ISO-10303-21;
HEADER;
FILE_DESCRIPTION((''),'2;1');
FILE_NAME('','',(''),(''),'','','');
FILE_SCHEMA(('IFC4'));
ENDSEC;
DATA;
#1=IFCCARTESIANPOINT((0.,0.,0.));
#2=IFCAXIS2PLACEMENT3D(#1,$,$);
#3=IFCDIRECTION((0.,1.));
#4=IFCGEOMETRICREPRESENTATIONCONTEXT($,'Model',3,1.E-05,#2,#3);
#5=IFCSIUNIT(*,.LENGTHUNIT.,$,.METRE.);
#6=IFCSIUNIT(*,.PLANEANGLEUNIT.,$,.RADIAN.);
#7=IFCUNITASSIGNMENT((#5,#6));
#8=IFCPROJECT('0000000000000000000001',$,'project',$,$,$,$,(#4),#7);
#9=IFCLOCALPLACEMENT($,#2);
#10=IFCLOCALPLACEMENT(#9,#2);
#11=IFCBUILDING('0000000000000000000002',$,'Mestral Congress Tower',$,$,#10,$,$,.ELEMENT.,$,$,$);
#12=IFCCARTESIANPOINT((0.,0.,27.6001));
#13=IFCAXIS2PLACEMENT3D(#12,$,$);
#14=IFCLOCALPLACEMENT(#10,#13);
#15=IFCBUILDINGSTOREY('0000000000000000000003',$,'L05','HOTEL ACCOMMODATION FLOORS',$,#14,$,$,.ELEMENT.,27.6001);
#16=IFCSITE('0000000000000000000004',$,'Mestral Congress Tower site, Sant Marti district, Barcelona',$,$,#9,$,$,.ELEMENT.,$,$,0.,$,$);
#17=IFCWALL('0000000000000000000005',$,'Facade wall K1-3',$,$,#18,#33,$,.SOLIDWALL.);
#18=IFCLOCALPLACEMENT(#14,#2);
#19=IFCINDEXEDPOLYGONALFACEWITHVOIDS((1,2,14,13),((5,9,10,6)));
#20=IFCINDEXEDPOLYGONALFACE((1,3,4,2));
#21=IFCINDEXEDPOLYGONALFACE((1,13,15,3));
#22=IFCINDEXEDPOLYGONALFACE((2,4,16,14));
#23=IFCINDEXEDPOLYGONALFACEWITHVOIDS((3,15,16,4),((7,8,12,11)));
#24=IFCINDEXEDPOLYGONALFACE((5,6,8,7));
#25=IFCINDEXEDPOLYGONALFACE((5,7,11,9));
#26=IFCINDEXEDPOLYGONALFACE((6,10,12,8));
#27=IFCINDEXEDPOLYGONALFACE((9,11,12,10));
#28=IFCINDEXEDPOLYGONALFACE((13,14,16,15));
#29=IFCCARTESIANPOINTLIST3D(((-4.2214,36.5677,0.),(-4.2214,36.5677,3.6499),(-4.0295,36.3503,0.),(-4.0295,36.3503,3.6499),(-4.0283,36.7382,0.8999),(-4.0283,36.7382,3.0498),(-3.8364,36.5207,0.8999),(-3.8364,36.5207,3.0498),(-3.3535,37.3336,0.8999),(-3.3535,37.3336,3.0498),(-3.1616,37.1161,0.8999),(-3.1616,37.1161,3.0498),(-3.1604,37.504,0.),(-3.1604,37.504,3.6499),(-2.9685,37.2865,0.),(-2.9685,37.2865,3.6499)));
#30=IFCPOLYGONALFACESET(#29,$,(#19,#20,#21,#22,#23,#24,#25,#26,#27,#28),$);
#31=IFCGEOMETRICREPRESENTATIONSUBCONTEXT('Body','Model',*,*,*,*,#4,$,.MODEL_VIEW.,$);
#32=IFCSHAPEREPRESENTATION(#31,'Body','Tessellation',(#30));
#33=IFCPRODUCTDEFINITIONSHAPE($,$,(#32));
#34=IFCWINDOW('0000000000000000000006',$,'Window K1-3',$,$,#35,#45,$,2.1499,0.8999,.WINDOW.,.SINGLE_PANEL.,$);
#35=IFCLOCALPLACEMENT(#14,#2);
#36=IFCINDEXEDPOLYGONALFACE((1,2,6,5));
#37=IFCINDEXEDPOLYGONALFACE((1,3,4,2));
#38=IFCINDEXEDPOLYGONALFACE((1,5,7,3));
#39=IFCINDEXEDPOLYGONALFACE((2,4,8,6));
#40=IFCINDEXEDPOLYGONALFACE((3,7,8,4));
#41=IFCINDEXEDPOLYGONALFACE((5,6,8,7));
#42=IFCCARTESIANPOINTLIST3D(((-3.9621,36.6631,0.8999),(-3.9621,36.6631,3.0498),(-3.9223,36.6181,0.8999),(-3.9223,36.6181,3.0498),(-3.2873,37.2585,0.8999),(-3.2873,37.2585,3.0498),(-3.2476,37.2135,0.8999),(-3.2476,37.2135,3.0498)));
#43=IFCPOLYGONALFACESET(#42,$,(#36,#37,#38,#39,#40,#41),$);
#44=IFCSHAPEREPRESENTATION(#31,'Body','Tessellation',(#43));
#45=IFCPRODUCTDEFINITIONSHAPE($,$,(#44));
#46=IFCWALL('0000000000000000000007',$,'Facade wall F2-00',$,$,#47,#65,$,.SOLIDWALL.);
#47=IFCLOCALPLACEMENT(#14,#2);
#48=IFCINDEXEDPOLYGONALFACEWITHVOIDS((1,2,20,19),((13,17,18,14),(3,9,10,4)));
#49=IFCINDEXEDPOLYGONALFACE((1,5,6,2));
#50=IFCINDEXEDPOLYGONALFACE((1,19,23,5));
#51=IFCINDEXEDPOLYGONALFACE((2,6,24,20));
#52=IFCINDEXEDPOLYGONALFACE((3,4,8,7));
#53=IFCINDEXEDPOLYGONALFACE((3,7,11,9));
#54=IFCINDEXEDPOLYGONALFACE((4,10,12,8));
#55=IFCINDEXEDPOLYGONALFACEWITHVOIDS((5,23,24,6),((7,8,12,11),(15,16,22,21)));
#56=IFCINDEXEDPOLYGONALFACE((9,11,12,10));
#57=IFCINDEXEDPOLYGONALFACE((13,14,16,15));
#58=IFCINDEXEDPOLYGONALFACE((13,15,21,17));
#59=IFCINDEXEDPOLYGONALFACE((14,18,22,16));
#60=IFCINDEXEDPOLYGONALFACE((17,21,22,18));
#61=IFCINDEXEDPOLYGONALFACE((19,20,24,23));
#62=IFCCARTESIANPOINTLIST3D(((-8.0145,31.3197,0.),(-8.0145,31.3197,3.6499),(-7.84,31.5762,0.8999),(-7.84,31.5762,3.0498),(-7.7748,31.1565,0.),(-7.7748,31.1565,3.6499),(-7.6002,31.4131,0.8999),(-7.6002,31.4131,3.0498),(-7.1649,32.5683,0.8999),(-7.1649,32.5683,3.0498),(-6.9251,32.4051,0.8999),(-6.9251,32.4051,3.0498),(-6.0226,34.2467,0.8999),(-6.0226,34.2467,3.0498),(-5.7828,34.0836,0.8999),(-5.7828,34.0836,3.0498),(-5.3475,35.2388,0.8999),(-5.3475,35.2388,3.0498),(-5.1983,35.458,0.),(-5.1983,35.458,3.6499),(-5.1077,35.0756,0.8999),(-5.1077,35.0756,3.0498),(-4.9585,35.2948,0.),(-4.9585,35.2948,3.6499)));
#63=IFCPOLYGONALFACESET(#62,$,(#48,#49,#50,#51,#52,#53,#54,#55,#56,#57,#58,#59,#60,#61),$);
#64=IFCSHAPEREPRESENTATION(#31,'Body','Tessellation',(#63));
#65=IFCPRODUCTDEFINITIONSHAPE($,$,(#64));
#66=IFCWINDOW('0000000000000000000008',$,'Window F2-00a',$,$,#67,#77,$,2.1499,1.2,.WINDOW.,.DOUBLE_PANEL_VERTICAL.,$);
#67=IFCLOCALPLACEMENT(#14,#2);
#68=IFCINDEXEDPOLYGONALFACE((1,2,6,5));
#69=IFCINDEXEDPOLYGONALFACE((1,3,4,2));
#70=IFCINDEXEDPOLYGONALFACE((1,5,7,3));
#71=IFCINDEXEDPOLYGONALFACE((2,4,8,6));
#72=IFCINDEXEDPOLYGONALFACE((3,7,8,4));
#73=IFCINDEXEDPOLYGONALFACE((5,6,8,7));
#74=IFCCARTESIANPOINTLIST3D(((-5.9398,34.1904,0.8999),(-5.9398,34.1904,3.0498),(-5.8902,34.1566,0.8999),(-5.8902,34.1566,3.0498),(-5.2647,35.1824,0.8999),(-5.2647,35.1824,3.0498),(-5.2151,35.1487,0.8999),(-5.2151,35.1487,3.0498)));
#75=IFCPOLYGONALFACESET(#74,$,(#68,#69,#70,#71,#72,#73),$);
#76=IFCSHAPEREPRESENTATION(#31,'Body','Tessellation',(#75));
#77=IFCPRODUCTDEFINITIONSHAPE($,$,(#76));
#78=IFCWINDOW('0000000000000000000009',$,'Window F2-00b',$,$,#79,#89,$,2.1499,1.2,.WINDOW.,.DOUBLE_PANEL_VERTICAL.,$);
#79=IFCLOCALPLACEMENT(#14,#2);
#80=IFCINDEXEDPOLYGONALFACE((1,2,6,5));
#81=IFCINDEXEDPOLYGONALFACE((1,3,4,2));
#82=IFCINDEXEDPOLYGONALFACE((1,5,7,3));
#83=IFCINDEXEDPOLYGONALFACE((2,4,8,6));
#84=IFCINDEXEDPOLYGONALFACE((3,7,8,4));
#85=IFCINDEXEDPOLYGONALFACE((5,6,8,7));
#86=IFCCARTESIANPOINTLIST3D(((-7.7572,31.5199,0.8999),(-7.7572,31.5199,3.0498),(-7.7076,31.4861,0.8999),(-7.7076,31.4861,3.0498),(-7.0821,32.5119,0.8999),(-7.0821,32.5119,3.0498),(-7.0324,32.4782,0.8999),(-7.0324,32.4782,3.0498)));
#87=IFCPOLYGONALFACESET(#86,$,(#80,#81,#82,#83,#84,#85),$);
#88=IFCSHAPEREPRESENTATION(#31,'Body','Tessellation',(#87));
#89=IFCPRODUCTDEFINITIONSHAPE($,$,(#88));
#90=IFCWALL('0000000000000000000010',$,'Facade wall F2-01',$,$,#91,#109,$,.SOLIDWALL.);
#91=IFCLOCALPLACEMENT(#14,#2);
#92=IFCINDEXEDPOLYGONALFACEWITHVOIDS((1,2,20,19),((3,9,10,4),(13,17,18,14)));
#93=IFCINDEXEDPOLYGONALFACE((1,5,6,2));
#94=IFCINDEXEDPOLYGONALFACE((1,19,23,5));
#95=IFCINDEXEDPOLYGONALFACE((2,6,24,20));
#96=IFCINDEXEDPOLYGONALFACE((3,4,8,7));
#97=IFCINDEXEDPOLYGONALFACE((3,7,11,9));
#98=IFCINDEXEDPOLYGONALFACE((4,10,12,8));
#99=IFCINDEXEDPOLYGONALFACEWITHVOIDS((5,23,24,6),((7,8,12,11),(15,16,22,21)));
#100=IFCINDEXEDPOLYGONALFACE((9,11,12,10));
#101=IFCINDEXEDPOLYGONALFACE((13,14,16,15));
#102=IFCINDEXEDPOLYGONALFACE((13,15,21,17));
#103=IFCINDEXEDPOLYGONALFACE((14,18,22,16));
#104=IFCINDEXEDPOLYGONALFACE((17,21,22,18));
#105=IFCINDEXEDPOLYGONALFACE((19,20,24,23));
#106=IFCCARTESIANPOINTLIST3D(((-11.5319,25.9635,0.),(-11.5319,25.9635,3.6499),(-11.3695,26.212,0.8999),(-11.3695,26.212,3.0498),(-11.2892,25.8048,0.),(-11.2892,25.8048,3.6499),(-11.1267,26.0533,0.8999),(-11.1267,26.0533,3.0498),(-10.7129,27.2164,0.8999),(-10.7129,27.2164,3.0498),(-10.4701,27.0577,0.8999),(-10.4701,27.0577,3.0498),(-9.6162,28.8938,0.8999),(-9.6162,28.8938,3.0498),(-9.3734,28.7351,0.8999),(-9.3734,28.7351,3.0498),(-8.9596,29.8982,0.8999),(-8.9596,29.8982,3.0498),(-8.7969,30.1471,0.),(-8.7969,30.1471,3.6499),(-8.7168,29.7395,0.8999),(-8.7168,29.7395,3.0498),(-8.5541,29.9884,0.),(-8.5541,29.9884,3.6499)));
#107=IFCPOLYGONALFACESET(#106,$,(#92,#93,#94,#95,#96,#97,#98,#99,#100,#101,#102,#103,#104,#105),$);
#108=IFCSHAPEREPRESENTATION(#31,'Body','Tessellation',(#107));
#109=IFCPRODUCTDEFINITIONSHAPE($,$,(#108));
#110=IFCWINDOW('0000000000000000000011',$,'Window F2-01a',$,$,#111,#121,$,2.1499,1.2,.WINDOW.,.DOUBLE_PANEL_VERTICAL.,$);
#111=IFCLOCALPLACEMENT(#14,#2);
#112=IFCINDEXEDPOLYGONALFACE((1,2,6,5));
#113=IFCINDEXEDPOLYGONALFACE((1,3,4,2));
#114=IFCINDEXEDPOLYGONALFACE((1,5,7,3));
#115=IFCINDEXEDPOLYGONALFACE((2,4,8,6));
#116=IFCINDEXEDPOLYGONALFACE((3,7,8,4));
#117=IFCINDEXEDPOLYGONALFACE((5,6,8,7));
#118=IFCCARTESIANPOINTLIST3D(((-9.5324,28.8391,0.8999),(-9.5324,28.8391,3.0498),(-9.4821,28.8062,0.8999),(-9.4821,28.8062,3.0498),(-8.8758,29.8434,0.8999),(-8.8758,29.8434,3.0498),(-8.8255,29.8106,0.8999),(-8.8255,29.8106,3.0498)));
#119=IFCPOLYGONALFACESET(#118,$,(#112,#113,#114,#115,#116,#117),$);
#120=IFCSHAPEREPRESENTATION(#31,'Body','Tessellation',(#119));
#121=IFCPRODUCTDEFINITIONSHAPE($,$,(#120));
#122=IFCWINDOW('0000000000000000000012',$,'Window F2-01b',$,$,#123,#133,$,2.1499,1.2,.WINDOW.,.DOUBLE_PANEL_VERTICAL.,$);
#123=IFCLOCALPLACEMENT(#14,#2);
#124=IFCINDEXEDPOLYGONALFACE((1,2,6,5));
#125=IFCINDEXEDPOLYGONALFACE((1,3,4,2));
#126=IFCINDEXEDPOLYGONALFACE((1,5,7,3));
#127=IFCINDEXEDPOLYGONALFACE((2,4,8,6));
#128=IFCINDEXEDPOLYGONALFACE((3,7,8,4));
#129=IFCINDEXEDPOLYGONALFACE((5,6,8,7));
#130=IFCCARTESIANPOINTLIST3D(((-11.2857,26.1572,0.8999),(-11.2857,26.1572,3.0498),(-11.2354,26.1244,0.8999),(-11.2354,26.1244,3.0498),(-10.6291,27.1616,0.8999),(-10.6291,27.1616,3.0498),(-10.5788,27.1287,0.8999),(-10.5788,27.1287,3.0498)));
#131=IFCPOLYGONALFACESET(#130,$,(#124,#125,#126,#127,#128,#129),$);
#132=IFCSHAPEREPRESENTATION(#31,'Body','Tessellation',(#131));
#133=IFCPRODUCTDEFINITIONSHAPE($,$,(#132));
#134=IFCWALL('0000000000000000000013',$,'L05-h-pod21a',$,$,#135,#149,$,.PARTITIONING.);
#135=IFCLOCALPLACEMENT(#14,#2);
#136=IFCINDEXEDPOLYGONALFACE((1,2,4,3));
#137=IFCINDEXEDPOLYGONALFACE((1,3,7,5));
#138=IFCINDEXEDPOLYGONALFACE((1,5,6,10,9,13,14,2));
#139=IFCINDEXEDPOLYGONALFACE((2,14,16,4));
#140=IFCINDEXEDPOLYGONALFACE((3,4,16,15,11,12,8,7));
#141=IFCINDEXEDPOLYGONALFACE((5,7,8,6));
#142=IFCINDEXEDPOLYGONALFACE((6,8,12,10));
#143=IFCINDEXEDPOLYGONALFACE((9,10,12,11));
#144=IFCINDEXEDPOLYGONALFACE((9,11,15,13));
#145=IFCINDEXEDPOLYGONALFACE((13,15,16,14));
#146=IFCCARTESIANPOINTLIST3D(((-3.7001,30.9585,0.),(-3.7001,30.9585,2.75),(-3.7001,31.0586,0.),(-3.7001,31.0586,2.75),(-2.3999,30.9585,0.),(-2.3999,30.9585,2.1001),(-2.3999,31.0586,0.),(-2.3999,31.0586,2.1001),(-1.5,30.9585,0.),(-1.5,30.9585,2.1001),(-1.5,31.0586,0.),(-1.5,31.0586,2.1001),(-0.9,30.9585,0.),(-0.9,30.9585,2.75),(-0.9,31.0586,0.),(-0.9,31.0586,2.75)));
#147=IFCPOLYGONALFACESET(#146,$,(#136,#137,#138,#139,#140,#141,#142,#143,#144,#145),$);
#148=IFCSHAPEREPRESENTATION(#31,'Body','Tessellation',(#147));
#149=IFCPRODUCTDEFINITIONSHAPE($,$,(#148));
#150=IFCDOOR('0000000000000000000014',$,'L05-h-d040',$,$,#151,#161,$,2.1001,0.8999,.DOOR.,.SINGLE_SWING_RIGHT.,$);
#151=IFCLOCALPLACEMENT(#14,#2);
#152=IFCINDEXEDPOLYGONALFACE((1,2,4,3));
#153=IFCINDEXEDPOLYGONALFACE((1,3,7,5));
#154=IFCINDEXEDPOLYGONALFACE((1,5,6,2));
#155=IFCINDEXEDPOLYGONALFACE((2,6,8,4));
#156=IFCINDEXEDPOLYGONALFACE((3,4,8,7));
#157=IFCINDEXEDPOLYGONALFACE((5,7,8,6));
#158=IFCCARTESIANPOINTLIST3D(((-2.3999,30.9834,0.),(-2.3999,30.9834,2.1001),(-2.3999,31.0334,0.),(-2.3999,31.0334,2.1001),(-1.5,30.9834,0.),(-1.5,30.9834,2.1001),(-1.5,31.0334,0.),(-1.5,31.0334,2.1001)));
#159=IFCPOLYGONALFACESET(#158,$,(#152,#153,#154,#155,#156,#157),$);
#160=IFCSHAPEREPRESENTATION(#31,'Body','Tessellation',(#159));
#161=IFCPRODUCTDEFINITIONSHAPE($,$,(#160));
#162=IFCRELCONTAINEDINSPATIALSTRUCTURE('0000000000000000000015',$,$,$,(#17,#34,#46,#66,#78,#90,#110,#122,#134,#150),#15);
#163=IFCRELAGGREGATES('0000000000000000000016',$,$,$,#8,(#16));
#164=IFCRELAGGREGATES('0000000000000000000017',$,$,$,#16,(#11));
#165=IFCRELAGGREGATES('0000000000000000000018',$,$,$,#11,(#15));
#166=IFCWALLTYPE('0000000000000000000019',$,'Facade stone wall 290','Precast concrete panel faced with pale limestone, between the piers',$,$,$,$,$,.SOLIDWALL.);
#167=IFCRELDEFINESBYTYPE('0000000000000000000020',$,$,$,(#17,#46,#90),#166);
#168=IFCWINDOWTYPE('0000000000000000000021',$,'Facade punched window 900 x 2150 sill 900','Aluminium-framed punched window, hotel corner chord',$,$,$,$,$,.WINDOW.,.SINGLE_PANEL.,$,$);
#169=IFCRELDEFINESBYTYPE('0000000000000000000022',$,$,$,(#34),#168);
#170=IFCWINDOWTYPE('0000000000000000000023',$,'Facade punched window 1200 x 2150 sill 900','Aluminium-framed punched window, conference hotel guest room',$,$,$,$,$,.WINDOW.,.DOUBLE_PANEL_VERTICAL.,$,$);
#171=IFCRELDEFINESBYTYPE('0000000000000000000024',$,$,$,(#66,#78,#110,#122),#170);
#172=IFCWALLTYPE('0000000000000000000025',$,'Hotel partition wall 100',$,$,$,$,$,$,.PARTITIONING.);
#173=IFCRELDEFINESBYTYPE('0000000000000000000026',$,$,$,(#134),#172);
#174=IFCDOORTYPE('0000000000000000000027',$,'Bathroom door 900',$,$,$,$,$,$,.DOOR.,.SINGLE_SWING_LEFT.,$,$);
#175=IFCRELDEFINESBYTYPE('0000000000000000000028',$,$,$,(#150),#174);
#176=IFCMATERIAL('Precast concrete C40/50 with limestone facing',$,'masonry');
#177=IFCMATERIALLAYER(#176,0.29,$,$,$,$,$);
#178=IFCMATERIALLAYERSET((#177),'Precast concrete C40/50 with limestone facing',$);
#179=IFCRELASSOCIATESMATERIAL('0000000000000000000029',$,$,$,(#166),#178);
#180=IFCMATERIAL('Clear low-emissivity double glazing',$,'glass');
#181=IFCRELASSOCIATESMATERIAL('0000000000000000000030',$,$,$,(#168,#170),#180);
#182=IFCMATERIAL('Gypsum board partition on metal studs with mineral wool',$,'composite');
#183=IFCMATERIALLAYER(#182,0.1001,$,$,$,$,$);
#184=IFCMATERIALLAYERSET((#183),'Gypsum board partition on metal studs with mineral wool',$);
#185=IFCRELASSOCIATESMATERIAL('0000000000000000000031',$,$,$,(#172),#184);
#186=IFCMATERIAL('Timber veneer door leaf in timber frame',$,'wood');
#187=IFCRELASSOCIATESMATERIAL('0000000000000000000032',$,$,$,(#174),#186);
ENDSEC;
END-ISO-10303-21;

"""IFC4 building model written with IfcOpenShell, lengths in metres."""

from ifc_helpers import new_model, si_unit, direction, frame, frame_2d, origin, place, context, subcontext, project, spatial, rectangle, extrude, material, layer, layer_set, type_object, element, fill, save


model = new_model("IFC4")

# Units and contexts
model_context = context("Model", 3, precision=1e-05, world=origin(), true_north=direction((0.0, 1.0)))
body_context = subcontext(model_context, "Body", "Model", "MODEL_VIEW")
ifc_project = project(units=[si_unit("LENGTHUNIT", "METRE"), si_unit("PLANEANGLEUNIT", "RADIAN")], contexts=[model_context])

# Site, building, storey
site_placement = place(None, origin())
site = spatial("IfcSite", under=ifc_project, at=site_placement, Name="Mestral Congress Tower site, Sant Marti district, Barcelona", CompositionType="ELEMENT", RefElevation=0.0)
building_placement = place(site_placement, origin())
building = spatial("IfcBuilding", under=site, at=building_placement, Name="Mestral Congress Tower", CompositionType="ELEMENT")
storey_placement = place(building_placement, frame((0.0, 0.0, 27.6001)))
storey = spatial("IfcBuildingStorey", under=building, at=storey_placement, Name="L05", Description="HOTEL ACCOMMODATION FLOORS", CompositionType="ELEMENT", Elevation=27.6001)

# Wall, opening, window
ifc_material_1 = material(Name="Precast concrete C40/50 with limestone facing", Category="masonry")
ifc_layer_1 = layer(ifc_material_1, 0.29)
ifc_layer_set_1 = layer_set([ifc_layer_1], Name="Precast concrete C40/50 with limestone facing")
wall_type_1 = type_object("IfcWallType", Name="Facade stone wall 290", Description="Precast concrete panel faced with pale limestone, between the piers", PredefinedType="SOLIDWALL", material=ifc_layer_set_1)
wall_1_placement = place(storey_placement, frame((-3.0645, 37.3953, 0.0), z_axis=(0.0, 0.0, 1.0), x_axis=(-0.749813, -0.66165, 0.0)))
wall_1 = element("IfcWall", 1, at=wall_1_placement, inside=storey, type_object=wall_type_1, Name="Facade wall K1-3", PredefinedType="SOLIDWALL", context=body_context, shape_type="SweptSolid", body=[
    extrude(rectangle(XDim=1.415, YDim=0.29, at=frame_2d((0.7075, 0.0))), origin(), (0.0, 0.0, 1.0), 3.6499),
])
opening_1_placement = place(wall_1_placement, frame((0.2576, 0.0, 0.8999)))
opening_1 = element("IfcOpeningElement", 2, at=opening_1_placement, cuts=wall_1, PredefinedType="OPENING", context=body_context, shape_type="SweptSolid", body=[
    extrude(rectangle(XDim=0.8999, YDim=2.1499, at=frame_2d((0.45, 1.075))), frame((0.0, 0.155, 0.0), z_axis=(0.0, -1.0, 0.0), x_axis=(1.0, 0.0, 0.0)), (0.0, 0.0, 1.0), 0.3101),
])
ifc_material_2 = material(Name="Clear low-emissivity double glazing", Category="glass")
window_type_1 = type_object("IfcWindowType", Name="Facade punched window 900 x 2150 sill 900", Description="Aluminium-framed punched window, hotel corner chord", PartitioningType="SINGLE_PANEL", PredefinedType="WINDOW", material=ifc_material_2)
window_1_placement = place(opening_1_placement, origin())
window_1 = element("IfcWindow", 3, at=window_1_placement, inside=storey, type_object=window_type_1, Name="Window K1-3", OverallHeight=2.1499, OverallWidth=0.8999, PartitioningType="SINGLE_PANEL", PredefinedType="WINDOW", context=body_context, shape_type="SweptSolid", body=[
    extrude(rectangle(XDim=0.8999, YDim=2.1499, at=frame_2d((0.45, 1.075))), frame((0.0, 0.0151, 0.0), z_axis=(0.0, -1.0, 0.0), x_axis=(1.0, 0.0, 0.0)), (0.0, 0.0, 1.0), 0.0601),
])
fill(opening_1, window_1)

# Walls, openings, windows
wall_2_placement = place(storey_placement, frame((-5.0784, 35.3765, 0.0), z_axis=(0.0, 0.0, 1.0), x_axis=(-0.56261, -0.826722, 0.0)))
wall_2 = element("IfcWall", 4, at=wall_2_placement, inside=storey, type_object=wall_type_1, Name="Facade wall F2-00", PredefinedType="SOLIDWALL", context=body_context, shape_type="SweptSolid", body=[
    extrude(rectangle(XDim=5.0056, YDim=0.29, at=frame_2d((2.5029, 0.0))), origin(), (0.0, 0.0, 1.0), 3.6499),
])
opening_2_placement = place(wall_2_placement, frame((0.2651, 0.0, 0.8999)))
opening_2 = element("IfcOpeningElement", 5, at=opening_2_placement, cuts=wall_2, PredefinedType="OPENING", context=body_context, shape_type="SweptSolid", body=[
    extrude(rectangle(XDim=1.2, YDim=2.1499, at=frame_2d((0.6001, 1.075))), frame((0.0, 0.155, 0.0), z_axis=(0.0, -1.0, 0.0), x_axis=(1.0, 0.0, 0.0)), (0.0, 0.0, 1.0), 0.3101),
])
opening_3_placement = place(wall_2_placement, frame((3.4954, 0.0, 0.8999)))
opening_3 = element("IfcOpeningElement", 6, at=opening_3_placement, cuts=wall_2, PredefinedType="OPENING", context=body_context, shape_type="SweptSolid", body=[
    extrude(rectangle(XDim=1.2, YDim=2.1499, at=frame_2d((0.6001, 1.075))), frame((0.0, 0.155, 0.0), z_axis=(0.0, -1.0, 0.0), x_axis=(1.0, 0.0, 0.0)), (0.0, 0.0, 1.0), 0.3101),
])
window_type_2 = type_object("IfcWindowType", Name="Facade punched window 1200 x 2150 sill 900", Description="Aluminium-framed punched window, conference hotel guest room", PartitioningType="DOUBLE_PANEL_VERTICAL", PredefinedType="WINDOW", material=ifc_material_2)
window_2_placement = place(opening_2_placement, origin())
window_2 = element("IfcWindow", 7, at=window_2_placement, inside=storey, type_object=window_type_2, Name="Window F2-00a", OverallHeight=2.1499, OverallWidth=1.2, PartitioningType="DOUBLE_PANEL_VERTICAL", PredefinedType="WINDOW", context=body_context, shape_type="SweptSolid", body=[
    extrude(rectangle(XDim=1.2, YDim=2.1499, at=frame_2d((0.6001, 1.075))), frame((0.0, 0.0151, 0.0), z_axis=(0.0, -1.0, 0.0), x_axis=(1.0, 0.0, 0.0)), (0.0, 0.0, 1.0), 0.0601),
])
fill(opening_2, window_2)
window_3_placement = place(opening_3_placement, origin())
window_3 = element("IfcWindow", 8, at=window_3_placement, inside=storey, type_object=window_type_2, Name="Window F2-00b", OverallHeight=2.1499, OverallWidth=1.2, PartitioningType="DOUBLE_PANEL_VERTICAL", PredefinedType="WINDOW", context=body_context, shape_type="SweptSolid", body=[
    extrude(rectangle(XDim=1.2, YDim=2.1499, at=frame_2d((0.6001, 1.075))), frame((0.0, 0.0151, 0.0), z_axis=(0.0, -1.0, 0.0), x_axis=(1.0, 0.0, 0.0)), (0.0, 0.0, 1.0), 0.0601),
])
fill(opening_3, window_3)
wall_3_placement = place(storey_placement, frame((-8.6755, 30.0676, 0.0), z_axis=(0.0, 0.0, 1.0), x_axis=(-0.547205, -0.836999, 0.0)))
wall_3 = element("IfcWall", 9, at=wall_3_placement, inside=storey, type_object=wall_type_1, Name="Facade wall F2-01", PredefinedType="SOLIDWALL", context=body_context, shape_type="SweptSolid", body=[
    extrude(rectangle(XDim=4.9983, YDim=0.29, at=frame_2d((2.499, 0.0))), origin(), (0.0, 0.0, 1.0), 3.6499),
])
opening_4_placement = place(wall_3_placement, frame((0.2971, 0.0, 0.8999)))
opening_4 = element("IfcOpeningElement", 10, at=opening_4_placement, cuts=wall_3, PredefinedType="OPENING", context=body_context, shape_type="SweptSolid", body=[
    extrude(rectangle(XDim=1.2, YDim=2.1499, at=frame_2d((0.6001, 1.075))), frame((0.0, 0.155, 0.0), z_axis=(0.0, -1.0, 0.0), x_axis=(1.0, 0.0, 0.0)), (0.0, 0.0, 1.0), 0.3101),
])
opening_5_placement = place(wall_3_placement, frame((3.5012, 0.0, 0.8999)))
opening_5 = element("IfcOpeningElement", 11, at=opening_5_placement, cuts=wall_3, PredefinedType="OPENING", context=body_context, shape_type="SweptSolid", body=[
    extrude(rectangle(XDim=1.2, YDim=2.1499, at=frame_2d((0.6001, 1.075))), frame((0.0, 0.155, 0.0), z_axis=(0.0, -1.0, 0.0), x_axis=(1.0, 0.0, 0.0)), (0.0, 0.0, 1.0), 0.3101),
])
window_4_placement = place(opening_4_placement, origin())
window_4 = element("IfcWindow", 12, at=window_4_placement, inside=storey, type_object=window_type_2, Name="Window F2-01a", OverallHeight=2.1499, OverallWidth=1.2, PartitioningType="DOUBLE_PANEL_VERTICAL", PredefinedType="WINDOW", context=body_context, shape_type="SweptSolid", body=[
    extrude(rectangle(XDim=1.2, YDim=2.1499, at=frame_2d((0.6001, 1.075))), frame((0.0, 0.0151, 0.0), z_axis=(0.0, -1.0, 0.0), x_axis=(1.0, 0.0, 0.0)), (0.0, 0.0, 1.0), 0.0601),
])
fill(opening_4, window_4)
window_5_placement = place(opening_5_placement, origin())
window_5 = element("IfcWindow", 13, at=window_5_placement, inside=storey, type_object=window_type_2, Name="Window F2-01b", OverallHeight=2.1499, OverallWidth=1.2, PartitioningType="DOUBLE_PANEL_VERTICAL", PredefinedType="WINDOW", context=body_context, shape_type="SweptSolid", body=[
    extrude(rectangle(XDim=1.2, YDim=2.1499, at=frame_2d((0.6001, 1.075))), frame((0.0, 0.0151, 0.0), z_axis=(0.0, -1.0, 0.0), x_axis=(1.0, 0.0, 0.0)), (0.0, 0.0, 1.0), 0.0601),
])
fill(opening_5, window_5)

# Wall, opening, door
ifc_material_3 = material(Name="Gypsum board partition on metal studs with mineral wool", Category="composite")
ifc_layer_2 = layer(ifc_material_3, 0.1001)
ifc_layer_set_2 = layer_set([ifc_layer_2], Name="Gypsum board partition on metal studs with mineral wool")
wall_type_2 = type_object("IfcWallType", Name="Hotel partition wall 100", PredefinedType="PARTITIONING", material=ifc_layer_set_2)
wall_4_placement = place(storey_placement, frame((-3.7, 31.0085, 0.0), z_axis=(0.0, 0.0, 1.0), x_axis=(1.0, 0.0, 0.0)))
wall_4 = element("IfcWall", 14, at=wall_4_placement, inside=storey, type_object=wall_type_2, Name="L05-h-pod21a", PredefinedType="PARTITIONING", context=body_context, shape_type="SweptSolid", body=[
    extrude(rectangle(XDim=2.8, YDim=0.1001, at=frame_2d((1.3999, 0.0))), origin(), (0.0, 0.0, 1.0), 2.75),
])
opening_6_placement = place(wall_4_placement, frame((1.3, 0.0, 0.0)))
opening_6 = element("IfcOpeningElement", 15, at=opening_6_placement, cuts=wall_4, PredefinedType="OPENING", context=body_context, shape_type="SweptSolid", body=[
    extrude(rectangle(XDim=0.8999, YDim=2.1001, at=frame_2d((0.45, 1.05))), frame((0.0, 0.0601, 0.0), z_axis=(0.0, -1.0, 0.0), x_axis=(1.0, 0.0, 0.0)), (0.0, 0.0, 1.0), 0.1201),
])
ifc_material_4 = material(Name="Timber veneer door leaf in timber frame", Category="wood")
door_type = type_object("IfcDoorType", Name="Bathroom door 900", OperationType="SINGLE_SWING_LEFT", PredefinedType="DOOR", material=ifc_material_4)
door_placement = place(opening_6_placement, origin())
door = element("IfcDoor", 16, at=door_placement, inside=storey, type_object=door_type, Name="L05-h-d040", OperationType="SINGLE_SWING_RIGHT", OverallHeight=2.1001, OverallWidth=0.8999, PredefinedType="DOOR", context=body_context, shape_type="SweptSolid", body=[
    extrude(rectangle(XDim=0.8999, YDim=2.1001, at=frame_2d((0.45, 1.05))), frame((0.0, 0.0249, 0.0), z_axis=(0.0, -1.0, 0.0), x_axis=(1.0, 0.0, 0.0)), (0.0, 0.0, 1.0), 0.05),
])
fill(opening_6, door)

save(model, "model.ifc")
